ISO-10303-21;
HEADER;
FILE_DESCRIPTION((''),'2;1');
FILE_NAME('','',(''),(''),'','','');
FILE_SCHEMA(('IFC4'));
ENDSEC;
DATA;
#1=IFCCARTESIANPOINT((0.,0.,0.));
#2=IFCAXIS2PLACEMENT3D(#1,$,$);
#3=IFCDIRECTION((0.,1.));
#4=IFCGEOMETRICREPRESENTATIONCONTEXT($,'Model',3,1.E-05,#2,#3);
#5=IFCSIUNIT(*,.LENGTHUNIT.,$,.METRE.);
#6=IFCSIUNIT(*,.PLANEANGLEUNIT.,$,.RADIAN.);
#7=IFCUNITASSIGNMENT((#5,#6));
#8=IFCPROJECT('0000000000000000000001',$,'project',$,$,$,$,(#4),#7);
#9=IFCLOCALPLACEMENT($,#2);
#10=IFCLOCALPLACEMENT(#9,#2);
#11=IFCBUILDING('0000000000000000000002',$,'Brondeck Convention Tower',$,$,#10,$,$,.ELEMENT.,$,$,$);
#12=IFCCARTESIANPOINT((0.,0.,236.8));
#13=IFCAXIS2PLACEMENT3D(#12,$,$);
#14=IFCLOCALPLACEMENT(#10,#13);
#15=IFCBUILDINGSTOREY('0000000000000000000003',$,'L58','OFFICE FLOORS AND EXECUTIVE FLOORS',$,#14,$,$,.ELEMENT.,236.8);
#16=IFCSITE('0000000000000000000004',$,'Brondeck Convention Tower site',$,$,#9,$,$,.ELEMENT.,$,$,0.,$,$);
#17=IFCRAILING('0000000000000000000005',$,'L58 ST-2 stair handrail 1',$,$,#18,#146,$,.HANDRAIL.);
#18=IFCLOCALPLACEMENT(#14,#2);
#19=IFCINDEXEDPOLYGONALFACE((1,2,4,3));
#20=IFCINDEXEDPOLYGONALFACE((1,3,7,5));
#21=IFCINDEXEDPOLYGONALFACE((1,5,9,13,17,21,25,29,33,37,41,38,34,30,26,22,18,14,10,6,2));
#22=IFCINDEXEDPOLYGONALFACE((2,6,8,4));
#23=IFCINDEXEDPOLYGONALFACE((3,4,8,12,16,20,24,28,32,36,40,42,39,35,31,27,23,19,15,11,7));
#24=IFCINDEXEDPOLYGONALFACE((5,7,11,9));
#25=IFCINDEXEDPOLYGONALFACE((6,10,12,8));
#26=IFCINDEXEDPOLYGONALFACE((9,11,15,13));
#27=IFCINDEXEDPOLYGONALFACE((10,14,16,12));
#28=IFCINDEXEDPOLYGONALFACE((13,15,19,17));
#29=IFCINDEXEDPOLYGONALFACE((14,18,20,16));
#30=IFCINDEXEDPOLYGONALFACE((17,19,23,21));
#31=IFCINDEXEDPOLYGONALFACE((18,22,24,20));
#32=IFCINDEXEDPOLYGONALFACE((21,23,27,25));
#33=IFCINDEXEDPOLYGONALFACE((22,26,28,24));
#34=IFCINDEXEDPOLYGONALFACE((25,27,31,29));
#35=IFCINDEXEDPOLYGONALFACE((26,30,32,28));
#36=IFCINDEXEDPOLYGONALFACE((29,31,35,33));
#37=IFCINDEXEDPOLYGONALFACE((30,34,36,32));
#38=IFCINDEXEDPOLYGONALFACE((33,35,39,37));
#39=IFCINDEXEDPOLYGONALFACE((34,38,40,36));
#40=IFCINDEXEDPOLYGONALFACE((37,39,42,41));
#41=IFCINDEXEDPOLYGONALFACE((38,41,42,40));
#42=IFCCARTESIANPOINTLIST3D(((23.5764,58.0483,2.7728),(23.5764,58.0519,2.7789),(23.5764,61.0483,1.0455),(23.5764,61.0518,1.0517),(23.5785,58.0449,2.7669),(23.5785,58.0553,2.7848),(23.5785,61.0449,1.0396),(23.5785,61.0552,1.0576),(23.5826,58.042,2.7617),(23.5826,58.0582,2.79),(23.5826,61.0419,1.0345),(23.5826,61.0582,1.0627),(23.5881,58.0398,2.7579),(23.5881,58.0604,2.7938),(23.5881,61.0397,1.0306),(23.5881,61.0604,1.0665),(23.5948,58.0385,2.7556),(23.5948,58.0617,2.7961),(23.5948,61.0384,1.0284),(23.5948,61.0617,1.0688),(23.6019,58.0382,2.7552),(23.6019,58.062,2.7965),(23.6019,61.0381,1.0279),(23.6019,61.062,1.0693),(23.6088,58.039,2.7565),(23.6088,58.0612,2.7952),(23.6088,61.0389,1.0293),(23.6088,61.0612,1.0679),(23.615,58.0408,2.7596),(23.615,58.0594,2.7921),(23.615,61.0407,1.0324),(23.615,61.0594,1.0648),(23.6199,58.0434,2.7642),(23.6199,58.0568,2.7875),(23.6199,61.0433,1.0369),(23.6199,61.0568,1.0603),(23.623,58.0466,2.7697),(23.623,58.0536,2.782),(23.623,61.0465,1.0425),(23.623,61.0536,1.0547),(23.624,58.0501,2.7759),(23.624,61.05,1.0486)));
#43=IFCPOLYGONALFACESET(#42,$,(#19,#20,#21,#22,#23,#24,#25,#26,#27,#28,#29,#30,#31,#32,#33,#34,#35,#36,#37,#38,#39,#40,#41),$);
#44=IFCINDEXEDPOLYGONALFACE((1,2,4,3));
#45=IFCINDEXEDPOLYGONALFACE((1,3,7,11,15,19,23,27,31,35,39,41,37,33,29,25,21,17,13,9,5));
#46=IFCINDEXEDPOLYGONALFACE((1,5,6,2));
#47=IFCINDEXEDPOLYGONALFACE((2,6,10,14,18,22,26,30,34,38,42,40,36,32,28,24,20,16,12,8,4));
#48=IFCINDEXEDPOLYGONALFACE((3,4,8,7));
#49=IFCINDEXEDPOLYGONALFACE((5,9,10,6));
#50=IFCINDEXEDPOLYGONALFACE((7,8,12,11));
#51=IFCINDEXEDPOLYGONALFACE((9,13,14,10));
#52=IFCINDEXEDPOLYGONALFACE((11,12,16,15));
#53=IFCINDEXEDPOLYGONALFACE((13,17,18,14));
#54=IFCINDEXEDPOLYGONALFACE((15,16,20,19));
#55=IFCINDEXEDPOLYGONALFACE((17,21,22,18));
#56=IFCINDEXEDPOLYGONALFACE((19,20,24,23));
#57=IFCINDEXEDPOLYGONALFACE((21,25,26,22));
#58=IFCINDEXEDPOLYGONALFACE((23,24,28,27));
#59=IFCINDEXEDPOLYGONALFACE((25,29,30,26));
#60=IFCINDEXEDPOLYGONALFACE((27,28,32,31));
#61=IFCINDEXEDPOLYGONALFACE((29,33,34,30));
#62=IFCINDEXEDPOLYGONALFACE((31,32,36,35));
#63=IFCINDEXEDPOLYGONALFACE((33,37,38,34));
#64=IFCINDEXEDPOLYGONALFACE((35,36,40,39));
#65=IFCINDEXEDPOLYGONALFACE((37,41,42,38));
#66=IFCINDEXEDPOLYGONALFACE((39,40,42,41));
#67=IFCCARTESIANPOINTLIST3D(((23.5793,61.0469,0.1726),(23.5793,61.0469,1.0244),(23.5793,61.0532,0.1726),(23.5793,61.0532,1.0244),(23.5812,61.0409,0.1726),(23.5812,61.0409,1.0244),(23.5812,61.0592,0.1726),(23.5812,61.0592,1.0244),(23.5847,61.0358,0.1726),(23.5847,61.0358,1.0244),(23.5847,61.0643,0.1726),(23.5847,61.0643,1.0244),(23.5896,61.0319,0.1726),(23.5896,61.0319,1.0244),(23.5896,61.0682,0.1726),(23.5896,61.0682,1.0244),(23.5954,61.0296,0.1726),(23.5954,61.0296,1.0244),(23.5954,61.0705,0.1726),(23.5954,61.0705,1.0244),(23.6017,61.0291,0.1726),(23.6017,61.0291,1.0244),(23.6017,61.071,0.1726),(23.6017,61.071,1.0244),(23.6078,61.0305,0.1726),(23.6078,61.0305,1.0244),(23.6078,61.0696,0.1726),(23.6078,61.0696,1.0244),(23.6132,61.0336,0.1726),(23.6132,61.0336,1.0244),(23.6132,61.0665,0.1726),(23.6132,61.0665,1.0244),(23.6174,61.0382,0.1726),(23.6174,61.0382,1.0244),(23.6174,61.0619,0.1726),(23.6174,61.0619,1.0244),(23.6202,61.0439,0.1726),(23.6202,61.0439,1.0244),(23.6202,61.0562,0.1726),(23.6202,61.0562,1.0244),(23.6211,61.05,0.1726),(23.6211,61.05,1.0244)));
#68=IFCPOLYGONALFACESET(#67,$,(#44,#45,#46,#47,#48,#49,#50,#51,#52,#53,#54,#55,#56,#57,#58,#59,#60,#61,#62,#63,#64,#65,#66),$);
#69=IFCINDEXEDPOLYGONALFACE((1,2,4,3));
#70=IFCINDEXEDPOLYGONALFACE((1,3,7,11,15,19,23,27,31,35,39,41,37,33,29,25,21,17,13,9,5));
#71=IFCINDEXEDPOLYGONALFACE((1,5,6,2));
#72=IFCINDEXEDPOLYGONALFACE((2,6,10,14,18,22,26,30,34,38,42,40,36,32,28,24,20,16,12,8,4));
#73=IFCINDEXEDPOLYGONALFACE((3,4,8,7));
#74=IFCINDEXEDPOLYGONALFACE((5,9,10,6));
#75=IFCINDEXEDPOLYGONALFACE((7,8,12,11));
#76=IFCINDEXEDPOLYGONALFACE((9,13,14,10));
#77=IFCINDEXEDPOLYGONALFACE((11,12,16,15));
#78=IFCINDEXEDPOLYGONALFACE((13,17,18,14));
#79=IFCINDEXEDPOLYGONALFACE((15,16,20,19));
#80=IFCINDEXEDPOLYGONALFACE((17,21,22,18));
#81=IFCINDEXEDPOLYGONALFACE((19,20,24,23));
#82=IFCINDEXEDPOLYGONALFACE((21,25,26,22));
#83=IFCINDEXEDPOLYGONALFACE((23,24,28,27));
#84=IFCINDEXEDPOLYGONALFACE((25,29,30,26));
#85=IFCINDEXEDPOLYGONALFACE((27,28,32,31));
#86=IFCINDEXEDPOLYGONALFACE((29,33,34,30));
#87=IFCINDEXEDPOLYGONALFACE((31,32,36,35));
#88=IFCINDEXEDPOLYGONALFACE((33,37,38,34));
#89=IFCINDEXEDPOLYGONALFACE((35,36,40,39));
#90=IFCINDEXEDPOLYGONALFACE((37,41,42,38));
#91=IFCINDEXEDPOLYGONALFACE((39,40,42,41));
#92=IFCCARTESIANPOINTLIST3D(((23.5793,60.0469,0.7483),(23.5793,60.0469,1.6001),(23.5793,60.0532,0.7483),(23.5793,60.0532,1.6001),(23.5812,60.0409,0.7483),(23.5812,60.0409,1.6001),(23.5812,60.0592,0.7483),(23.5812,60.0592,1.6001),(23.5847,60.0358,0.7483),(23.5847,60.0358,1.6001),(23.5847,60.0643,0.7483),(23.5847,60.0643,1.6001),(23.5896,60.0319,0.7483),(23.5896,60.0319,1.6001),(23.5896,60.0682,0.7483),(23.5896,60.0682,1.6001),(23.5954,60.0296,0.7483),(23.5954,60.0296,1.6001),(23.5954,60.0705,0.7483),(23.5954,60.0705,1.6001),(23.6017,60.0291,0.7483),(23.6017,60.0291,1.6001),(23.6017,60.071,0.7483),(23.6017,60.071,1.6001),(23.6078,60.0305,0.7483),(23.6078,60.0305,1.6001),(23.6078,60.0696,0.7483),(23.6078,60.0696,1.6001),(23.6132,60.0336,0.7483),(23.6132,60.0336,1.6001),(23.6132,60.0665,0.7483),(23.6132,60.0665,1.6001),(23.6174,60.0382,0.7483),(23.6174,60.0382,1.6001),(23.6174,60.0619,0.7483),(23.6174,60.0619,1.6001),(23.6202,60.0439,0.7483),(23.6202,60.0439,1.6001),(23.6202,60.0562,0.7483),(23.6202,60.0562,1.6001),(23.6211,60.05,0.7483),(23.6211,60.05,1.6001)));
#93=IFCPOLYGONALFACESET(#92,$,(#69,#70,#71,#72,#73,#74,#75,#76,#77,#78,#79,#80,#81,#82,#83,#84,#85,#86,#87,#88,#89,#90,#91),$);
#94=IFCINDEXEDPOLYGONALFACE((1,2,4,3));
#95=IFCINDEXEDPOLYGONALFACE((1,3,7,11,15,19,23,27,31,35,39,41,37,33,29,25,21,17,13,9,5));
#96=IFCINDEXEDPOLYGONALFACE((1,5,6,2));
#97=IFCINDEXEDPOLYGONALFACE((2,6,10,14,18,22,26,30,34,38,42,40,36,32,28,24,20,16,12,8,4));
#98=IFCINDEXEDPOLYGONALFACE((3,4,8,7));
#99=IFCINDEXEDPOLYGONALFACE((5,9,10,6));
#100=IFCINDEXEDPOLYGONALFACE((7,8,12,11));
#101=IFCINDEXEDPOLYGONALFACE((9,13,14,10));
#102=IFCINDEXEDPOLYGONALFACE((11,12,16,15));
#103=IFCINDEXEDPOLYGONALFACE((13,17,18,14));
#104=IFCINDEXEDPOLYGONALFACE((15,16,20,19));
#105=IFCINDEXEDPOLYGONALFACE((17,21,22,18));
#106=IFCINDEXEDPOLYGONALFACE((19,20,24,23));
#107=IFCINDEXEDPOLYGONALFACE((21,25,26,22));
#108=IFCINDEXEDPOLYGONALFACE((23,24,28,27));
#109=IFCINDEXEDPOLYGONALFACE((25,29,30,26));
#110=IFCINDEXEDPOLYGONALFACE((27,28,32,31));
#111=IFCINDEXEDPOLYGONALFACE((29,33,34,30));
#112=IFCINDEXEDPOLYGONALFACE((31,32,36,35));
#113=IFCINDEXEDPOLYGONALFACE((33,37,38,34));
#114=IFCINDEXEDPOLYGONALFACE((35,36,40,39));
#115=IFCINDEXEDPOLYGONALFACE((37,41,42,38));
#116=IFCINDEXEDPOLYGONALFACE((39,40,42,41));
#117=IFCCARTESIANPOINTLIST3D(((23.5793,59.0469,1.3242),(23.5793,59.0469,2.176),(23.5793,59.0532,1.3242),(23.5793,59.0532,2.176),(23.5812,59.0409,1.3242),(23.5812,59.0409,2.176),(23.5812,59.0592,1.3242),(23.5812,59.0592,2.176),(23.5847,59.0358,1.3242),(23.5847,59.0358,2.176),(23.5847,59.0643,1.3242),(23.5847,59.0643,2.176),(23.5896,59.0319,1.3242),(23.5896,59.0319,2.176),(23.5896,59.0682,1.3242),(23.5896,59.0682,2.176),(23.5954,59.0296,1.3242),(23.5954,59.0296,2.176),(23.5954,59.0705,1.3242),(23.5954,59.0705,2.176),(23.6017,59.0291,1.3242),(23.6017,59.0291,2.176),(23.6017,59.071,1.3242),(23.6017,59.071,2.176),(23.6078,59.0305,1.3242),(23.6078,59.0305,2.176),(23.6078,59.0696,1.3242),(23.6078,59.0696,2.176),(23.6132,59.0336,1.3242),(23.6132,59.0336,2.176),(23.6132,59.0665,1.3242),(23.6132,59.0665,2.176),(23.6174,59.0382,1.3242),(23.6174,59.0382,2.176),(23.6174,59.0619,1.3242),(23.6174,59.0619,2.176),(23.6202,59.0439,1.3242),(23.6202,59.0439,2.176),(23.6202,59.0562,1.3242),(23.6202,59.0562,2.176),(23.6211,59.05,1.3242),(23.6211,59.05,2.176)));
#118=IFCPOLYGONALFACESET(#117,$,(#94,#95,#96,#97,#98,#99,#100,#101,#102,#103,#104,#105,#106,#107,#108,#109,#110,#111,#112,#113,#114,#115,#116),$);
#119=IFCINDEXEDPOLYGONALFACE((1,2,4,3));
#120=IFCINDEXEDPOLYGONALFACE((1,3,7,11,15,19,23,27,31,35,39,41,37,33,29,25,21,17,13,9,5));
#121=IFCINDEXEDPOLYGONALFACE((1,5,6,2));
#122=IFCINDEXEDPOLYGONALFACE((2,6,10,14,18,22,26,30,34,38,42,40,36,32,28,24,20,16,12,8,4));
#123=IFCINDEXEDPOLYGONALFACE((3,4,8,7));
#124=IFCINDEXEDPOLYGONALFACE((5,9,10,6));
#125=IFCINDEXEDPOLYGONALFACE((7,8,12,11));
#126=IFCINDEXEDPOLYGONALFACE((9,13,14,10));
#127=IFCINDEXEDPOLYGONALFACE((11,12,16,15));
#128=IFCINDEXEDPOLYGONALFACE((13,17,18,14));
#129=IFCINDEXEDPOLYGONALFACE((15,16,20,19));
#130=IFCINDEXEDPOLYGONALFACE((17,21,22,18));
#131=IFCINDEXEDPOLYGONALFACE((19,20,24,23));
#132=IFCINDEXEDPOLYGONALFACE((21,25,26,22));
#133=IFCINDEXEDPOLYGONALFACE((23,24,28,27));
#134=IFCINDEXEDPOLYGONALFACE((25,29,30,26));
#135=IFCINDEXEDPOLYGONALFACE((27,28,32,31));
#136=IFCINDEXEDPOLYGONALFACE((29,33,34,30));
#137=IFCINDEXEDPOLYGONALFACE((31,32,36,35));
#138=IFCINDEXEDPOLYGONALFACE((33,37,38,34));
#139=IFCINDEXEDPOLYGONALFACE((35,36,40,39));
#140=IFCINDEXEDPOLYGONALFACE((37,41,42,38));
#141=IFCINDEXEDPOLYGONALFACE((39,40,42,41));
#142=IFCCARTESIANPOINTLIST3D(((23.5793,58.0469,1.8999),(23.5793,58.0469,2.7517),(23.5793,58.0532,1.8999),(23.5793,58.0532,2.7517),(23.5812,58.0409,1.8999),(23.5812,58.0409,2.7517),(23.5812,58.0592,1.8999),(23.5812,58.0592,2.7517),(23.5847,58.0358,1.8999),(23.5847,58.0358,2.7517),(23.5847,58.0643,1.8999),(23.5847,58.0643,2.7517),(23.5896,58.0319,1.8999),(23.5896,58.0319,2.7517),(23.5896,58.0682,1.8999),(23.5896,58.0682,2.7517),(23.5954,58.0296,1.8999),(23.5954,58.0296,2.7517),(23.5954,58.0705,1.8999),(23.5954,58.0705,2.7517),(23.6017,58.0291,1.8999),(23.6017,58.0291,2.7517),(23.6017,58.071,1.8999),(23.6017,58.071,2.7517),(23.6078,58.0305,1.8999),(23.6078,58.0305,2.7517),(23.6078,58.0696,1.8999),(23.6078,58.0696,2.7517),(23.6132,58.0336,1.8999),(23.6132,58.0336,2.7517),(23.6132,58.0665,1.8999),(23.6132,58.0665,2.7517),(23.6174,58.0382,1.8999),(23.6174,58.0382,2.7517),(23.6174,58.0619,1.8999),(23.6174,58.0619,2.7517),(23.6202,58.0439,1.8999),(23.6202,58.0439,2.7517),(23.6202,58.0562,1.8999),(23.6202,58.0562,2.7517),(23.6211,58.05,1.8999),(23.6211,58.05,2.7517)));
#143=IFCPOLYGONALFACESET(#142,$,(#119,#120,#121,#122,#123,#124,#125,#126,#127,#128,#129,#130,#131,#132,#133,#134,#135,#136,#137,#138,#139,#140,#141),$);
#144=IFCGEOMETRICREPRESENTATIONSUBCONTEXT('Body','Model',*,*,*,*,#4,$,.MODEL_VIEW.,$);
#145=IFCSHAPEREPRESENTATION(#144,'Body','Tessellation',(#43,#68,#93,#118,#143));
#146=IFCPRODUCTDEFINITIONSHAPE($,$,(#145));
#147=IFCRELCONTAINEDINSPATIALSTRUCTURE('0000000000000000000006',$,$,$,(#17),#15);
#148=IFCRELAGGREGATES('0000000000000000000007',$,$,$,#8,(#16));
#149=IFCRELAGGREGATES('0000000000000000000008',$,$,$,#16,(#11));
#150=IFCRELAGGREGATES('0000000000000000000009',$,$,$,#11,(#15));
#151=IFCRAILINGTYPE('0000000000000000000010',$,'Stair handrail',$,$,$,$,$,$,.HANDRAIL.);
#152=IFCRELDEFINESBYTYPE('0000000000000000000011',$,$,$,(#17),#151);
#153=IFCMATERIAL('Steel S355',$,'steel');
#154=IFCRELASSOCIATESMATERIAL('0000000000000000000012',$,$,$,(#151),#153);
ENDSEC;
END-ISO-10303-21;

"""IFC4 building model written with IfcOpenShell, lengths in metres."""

from ifc_helpers import new_model, si_unit, direction, frame, origin, origin_2d, place, context, subcontext, project, spatial, circle, extrude, material, type_object, element, save


model = new_model("IFC4")

# Units and contexts
model_context = context("Model", 3, precision=1e-05, world=origin(), true_north=direction((0.0, 1.0)))
body_context = subcontext(model_context, "Body", "Model", "MODEL_VIEW")
ifc_project = project(units=[si_unit("LENGTHUNIT", "METRE"), si_unit("PLANEANGLEUNIT", "RADIAN")], contexts=[model_context])

# Site, building, storey
site_placement = place(None, origin())
site = spatial("IfcSite", under=ifc_project, at=site_placement, Name="Brondeck Convention Tower site", CompositionType="ELEMENT", RefElevation=0.0)
building_placement = place(site_placement, origin())
building = spatial("IfcBuilding", under=site, at=building_placement, Name="Brondeck Convention Tower", CompositionType="ELEMENT")
storey_placement = place(building_placement, frame((0.0, 0.0, 236.8)))
storey = spatial("IfcBuildingStorey", under=building, at=storey_placement, Name="L58", Description="OFFICE FLOORS AND EXECUTIVE FLOORS", CompositionType="ELEMENT", Elevation=236.8)

# Railing
ifc_material_1 = material(Name="Steel S355", Category="steel")
railing_type_1 = type_object("IfcRailingType", Name="Stair handrail", PredefinedType="HANDRAIL", material=ifc_material_1)
railing_1_placement = place(storey_placement, frame((23.6001, 61.05, 0.1726)))
element("IfcRailing", 1, at=railing_1_placement, inside=storey, type_object=railing_type_1, Name="L58 ST-2 stair handrail 1", PredefinedType="HANDRAIL", context=body_context, shape_type="SweptSolid", body=[
    extrude(circle(Radius=0.0239, at=origin_2d()), frame((0.0, 0.0, 0.876), z_axis=(0.0, -0.86662, 0.498969), x_axis=(1.0, 0.0, 0.0)), (0.0, 0.0, 1.0), 3.4617),
    extrude(circle(Radius=0.021, at=origin_2d()), origin(), (0.0, 0.0, 1.0), 0.8518),
    extrude(circle(Radius=0.021, at=origin_2d()), frame((0.0, -1.0, 0.5757)), (0.0, 0.0, 1.0), 0.8518),
    extrude(circle(Radius=0.021, at=origin_2d()), frame((0.0, -2.0, 1.1516)), (0.0, 0.0, 1.0), 0.8518),
    extrude(circle(Radius=0.021, at=origin_2d()), frame((0.0, -3.0, 1.7273)), (0.0, 0.0, 1.0), 0.8518),
])

save(model, "model.ifc")
